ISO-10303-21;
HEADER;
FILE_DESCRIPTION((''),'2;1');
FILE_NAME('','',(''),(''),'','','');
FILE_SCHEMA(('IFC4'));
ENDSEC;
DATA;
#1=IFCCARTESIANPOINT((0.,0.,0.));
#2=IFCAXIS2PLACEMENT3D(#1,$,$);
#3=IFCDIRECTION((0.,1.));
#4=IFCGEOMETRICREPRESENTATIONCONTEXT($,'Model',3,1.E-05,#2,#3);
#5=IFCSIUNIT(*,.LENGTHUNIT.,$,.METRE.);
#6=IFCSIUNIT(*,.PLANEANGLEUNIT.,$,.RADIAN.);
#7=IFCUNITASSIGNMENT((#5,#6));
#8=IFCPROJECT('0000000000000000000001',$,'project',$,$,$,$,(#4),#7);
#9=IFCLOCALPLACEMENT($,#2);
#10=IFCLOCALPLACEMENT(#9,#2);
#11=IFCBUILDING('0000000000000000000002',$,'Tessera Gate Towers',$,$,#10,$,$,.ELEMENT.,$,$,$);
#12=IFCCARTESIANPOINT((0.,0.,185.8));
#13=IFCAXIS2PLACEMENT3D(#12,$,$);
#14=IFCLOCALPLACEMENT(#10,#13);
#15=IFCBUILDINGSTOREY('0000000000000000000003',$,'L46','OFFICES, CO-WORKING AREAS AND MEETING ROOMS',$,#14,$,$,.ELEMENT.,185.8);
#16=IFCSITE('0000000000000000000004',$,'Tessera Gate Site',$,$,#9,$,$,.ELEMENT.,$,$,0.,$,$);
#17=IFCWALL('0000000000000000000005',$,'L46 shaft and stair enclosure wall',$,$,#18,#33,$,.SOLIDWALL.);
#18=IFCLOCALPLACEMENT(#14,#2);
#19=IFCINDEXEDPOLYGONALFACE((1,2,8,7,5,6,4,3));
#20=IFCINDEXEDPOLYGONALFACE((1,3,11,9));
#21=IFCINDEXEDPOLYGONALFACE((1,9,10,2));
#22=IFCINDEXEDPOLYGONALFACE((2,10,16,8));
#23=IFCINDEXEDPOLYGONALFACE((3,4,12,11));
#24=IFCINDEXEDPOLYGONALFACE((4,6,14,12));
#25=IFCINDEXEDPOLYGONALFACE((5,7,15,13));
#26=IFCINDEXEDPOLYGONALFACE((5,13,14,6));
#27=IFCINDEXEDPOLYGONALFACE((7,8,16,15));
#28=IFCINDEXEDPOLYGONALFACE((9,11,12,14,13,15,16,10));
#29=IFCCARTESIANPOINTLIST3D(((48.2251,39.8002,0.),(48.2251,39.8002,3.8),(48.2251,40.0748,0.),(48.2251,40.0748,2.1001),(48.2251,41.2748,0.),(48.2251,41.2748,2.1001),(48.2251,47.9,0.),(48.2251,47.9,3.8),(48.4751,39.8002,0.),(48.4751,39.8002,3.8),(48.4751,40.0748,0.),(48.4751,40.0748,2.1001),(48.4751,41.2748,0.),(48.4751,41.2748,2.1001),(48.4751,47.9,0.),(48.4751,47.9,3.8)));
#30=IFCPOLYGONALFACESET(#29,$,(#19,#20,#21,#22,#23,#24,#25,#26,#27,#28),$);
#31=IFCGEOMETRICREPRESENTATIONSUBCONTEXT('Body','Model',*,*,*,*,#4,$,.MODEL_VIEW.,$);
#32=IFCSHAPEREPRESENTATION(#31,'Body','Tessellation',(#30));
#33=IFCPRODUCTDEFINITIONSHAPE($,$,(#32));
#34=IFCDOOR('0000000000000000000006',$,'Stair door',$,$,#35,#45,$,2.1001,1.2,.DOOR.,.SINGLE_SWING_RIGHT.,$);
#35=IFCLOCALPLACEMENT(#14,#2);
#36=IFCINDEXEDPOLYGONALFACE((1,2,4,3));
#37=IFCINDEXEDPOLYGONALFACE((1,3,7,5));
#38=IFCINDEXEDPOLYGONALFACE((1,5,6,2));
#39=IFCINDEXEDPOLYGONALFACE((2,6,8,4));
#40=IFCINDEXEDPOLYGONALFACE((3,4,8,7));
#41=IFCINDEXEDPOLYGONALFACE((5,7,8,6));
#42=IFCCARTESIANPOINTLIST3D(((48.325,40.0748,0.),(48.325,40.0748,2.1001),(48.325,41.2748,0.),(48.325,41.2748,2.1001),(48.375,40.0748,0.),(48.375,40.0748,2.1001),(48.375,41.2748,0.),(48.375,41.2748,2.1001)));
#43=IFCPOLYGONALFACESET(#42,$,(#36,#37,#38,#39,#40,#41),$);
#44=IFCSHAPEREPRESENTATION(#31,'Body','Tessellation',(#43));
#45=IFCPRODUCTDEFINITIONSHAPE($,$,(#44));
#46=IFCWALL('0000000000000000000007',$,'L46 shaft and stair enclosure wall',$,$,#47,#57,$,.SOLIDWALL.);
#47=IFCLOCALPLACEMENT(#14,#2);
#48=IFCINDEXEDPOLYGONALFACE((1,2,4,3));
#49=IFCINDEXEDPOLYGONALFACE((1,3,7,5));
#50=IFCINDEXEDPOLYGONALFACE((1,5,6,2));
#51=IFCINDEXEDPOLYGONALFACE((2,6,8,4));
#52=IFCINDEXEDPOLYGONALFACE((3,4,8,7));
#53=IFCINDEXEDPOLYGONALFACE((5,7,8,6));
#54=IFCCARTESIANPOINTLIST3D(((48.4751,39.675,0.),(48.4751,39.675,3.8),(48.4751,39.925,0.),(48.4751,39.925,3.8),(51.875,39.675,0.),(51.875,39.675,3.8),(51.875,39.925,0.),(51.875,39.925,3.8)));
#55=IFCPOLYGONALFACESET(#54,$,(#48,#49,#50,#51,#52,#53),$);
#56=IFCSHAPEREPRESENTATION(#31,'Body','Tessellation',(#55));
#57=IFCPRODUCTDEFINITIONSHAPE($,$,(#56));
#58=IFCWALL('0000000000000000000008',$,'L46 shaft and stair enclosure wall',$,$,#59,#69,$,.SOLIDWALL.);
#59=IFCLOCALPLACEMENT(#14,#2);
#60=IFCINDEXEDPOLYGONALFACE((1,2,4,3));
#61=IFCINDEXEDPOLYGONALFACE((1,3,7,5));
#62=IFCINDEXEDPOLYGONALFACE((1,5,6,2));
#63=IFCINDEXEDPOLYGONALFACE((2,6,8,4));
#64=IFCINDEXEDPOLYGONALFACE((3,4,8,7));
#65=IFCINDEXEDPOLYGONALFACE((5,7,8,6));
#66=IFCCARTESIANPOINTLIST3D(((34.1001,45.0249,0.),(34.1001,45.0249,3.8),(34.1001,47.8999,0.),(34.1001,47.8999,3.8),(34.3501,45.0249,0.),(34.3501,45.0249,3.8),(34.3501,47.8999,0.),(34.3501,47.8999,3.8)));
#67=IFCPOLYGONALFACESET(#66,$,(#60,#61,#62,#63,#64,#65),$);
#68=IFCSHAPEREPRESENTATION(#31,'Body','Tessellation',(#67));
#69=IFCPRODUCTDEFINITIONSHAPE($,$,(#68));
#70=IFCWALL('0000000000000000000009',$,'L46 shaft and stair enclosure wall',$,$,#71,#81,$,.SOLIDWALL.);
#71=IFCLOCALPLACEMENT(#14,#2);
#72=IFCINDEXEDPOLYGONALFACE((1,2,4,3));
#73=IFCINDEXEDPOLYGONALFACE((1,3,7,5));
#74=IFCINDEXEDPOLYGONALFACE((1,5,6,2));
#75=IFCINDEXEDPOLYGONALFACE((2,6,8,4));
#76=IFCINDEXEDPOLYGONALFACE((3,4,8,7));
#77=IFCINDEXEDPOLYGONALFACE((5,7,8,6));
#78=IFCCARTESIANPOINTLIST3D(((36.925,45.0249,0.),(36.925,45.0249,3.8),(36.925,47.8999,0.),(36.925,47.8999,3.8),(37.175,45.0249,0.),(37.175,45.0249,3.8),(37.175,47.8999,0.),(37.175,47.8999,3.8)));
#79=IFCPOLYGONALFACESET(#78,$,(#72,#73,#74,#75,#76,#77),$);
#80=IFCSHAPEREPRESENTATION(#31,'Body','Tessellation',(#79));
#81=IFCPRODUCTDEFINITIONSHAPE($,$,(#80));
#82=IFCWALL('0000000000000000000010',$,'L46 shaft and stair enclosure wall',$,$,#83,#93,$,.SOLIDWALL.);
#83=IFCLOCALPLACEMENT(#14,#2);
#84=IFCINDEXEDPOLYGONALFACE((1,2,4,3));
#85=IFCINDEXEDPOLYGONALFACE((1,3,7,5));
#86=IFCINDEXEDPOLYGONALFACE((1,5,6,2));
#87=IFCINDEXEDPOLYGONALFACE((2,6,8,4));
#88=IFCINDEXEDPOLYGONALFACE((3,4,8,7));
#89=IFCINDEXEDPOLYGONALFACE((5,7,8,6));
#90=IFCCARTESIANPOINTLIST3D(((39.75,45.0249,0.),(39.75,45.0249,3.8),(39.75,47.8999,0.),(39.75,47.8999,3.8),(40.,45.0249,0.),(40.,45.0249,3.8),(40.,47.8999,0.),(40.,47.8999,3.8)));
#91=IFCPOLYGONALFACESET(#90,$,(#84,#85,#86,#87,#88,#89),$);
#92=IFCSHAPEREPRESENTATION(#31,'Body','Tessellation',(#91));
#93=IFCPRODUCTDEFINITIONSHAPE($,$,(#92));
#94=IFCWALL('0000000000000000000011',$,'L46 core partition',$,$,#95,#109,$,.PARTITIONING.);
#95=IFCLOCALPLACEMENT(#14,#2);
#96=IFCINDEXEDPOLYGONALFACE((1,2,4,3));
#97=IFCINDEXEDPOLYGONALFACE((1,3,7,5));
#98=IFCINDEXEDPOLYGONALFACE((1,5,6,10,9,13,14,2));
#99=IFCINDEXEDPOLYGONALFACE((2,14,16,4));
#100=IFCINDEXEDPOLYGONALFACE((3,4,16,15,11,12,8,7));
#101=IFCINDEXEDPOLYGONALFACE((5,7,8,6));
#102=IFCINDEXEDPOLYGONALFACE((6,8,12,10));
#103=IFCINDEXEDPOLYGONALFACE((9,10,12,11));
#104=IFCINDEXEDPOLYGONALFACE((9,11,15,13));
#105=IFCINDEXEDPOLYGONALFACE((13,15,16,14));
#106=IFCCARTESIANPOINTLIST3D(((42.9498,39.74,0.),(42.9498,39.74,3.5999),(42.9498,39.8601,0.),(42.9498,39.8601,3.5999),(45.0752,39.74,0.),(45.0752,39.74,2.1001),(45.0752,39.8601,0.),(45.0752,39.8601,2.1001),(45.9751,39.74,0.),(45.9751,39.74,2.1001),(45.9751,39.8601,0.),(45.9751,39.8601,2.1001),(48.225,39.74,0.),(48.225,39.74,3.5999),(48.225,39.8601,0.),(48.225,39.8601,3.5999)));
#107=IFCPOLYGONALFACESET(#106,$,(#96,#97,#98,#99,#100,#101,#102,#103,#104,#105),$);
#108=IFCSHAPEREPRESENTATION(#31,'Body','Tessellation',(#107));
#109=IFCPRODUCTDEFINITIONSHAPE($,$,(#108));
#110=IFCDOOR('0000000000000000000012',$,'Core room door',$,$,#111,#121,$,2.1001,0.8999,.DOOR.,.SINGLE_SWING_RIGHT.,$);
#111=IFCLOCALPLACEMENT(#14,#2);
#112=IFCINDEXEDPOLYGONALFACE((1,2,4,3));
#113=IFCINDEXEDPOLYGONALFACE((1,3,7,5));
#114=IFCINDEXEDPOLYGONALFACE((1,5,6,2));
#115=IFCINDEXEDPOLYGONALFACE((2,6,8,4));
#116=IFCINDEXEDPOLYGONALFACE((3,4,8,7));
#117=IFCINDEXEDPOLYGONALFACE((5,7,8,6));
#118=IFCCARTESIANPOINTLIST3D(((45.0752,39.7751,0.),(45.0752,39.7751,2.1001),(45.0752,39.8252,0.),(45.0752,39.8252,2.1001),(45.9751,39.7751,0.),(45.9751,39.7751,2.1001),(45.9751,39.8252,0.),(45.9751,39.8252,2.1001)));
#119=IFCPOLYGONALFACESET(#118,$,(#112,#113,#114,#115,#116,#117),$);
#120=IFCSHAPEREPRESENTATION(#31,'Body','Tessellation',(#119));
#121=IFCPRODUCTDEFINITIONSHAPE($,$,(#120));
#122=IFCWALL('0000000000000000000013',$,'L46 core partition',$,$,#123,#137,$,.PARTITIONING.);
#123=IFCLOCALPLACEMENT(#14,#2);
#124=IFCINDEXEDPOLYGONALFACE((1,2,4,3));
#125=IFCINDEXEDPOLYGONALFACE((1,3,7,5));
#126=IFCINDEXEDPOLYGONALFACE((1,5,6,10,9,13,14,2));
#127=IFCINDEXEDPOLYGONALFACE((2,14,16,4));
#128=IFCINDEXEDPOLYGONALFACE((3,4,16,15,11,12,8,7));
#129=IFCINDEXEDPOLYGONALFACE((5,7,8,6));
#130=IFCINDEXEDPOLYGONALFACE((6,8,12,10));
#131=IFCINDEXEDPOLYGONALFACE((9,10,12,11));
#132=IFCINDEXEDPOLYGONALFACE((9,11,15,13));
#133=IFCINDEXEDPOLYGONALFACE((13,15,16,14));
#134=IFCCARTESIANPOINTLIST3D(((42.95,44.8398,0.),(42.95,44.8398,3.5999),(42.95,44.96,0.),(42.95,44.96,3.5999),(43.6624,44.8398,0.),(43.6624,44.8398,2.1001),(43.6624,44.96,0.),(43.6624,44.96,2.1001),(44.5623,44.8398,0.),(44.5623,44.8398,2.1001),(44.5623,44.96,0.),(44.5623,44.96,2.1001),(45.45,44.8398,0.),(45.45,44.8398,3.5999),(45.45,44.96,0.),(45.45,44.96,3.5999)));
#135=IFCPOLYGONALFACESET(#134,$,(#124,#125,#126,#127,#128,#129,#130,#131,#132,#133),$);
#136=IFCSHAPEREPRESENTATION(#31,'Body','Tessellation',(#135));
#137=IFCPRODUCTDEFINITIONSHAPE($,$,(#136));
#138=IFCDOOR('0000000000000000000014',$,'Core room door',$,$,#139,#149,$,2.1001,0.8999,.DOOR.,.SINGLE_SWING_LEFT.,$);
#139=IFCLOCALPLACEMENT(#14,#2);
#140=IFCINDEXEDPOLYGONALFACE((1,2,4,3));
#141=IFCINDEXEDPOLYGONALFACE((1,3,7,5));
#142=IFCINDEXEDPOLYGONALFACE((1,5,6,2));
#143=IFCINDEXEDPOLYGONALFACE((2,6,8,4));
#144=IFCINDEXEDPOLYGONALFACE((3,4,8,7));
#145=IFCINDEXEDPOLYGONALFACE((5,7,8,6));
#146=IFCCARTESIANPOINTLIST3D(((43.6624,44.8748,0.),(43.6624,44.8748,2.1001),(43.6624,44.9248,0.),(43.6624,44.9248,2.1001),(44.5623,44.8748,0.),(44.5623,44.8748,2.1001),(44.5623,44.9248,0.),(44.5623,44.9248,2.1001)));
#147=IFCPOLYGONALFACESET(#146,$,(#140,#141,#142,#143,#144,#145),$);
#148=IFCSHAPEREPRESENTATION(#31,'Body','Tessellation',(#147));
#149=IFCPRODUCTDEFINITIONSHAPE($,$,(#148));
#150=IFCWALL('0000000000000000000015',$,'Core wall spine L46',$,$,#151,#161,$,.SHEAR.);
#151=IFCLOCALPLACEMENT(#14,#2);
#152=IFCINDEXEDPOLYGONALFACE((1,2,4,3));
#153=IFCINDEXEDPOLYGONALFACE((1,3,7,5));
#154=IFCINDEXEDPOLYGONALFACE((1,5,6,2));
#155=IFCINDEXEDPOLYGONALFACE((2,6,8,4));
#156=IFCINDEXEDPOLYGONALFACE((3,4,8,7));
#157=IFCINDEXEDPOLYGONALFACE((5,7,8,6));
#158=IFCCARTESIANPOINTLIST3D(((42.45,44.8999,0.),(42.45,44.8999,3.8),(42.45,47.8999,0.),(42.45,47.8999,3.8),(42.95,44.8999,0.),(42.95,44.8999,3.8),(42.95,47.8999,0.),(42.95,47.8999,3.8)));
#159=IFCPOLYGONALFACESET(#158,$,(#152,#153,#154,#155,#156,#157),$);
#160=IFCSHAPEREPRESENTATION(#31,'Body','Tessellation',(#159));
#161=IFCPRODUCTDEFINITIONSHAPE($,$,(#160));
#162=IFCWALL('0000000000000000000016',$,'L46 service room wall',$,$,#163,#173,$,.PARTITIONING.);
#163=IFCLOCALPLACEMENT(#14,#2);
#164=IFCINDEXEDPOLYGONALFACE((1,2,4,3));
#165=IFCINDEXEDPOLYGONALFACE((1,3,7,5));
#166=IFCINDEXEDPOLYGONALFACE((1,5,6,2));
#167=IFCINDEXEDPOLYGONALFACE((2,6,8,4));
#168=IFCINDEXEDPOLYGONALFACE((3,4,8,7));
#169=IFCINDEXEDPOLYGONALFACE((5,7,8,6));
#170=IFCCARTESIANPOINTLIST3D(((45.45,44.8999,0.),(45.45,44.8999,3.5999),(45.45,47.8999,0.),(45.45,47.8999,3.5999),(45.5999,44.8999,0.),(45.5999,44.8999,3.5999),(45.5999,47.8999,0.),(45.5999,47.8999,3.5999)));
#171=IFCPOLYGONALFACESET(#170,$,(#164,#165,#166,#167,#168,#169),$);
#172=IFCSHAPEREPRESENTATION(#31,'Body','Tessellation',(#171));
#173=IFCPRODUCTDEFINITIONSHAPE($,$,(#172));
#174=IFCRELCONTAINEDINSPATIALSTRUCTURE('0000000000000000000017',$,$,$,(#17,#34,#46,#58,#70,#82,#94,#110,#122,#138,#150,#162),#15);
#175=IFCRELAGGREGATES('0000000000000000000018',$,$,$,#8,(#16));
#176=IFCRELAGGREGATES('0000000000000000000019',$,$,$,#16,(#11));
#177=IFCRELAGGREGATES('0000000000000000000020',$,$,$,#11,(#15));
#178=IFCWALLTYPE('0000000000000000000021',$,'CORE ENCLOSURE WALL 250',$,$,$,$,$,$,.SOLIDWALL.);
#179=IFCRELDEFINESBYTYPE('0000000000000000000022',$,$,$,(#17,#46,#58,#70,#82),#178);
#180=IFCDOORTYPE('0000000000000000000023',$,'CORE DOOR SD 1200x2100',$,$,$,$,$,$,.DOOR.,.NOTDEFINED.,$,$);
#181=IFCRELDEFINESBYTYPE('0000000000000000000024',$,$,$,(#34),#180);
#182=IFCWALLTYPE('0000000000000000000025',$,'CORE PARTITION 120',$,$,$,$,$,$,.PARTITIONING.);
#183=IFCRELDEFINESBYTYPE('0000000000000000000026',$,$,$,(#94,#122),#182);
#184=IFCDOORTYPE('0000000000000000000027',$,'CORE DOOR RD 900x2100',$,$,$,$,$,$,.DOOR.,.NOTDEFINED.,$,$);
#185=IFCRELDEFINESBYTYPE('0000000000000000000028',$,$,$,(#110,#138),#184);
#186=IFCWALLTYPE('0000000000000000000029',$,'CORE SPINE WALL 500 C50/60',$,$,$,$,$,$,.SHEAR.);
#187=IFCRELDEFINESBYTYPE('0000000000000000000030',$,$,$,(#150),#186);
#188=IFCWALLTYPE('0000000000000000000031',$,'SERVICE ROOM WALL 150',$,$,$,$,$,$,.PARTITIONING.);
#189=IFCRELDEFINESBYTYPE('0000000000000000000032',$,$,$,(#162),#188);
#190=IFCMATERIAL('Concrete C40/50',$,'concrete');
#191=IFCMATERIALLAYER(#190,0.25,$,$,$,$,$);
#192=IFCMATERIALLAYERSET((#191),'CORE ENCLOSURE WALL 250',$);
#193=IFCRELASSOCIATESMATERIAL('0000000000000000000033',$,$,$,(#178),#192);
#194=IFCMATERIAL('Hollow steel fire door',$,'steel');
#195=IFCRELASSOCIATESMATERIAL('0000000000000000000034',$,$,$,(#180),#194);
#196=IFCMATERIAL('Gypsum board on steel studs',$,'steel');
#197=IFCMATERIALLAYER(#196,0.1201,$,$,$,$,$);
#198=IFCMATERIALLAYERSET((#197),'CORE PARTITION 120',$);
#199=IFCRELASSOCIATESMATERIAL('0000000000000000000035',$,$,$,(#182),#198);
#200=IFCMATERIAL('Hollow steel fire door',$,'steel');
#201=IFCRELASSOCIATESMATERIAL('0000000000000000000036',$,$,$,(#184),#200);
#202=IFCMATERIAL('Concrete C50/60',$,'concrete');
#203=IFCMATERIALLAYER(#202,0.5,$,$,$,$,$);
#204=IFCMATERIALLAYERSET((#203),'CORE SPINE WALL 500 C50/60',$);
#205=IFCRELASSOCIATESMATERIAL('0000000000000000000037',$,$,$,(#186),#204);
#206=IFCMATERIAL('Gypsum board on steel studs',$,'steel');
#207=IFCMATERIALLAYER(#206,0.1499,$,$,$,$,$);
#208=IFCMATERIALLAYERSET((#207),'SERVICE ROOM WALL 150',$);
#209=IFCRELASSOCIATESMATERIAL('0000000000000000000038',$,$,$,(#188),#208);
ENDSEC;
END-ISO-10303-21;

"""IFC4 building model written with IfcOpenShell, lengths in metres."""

from ifc_helpers import new_model, si_unit, direction, frame, frame_2d, origin, place, context, subcontext, project, spatial, rectangle, extrude, source, transform, mapped, material, layer, layer_set, type_object, element, fill, save


model = new_model("IFC4")

# Units and contexts
model_context = context("Model", 3, precision=1e-05, world=origin(), true_north=direction((0.0, 1.0)))
body_context = subcontext(model_context, "Body", "Model", "MODEL_VIEW")
ifc_project = project(units=[si_unit("LENGTHUNIT", "METRE"), si_unit("PLANEANGLEUNIT", "RADIAN")], contexts=[model_context])

# Site, building, storey
site_placement = place(None, origin())
site = spatial("IfcSite", under=ifc_project, at=site_placement, Name="Tessera Gate Site", CompositionType="ELEMENT", RefElevation=0.0)
building_placement = place(site_placement, origin())
building = spatial("IfcBuilding", under=site, at=building_placement, Name="Tessera Gate Towers", CompositionType="ELEMENT")
storey_placement = place(building_placement, frame((0.0, 0.0, 185.8)))
storey = spatial("IfcBuildingStorey", under=building, at=storey_placement, Name="L46", Description="OFFICES, CO-WORKING AREAS AND MEETING ROOMS", CompositionType="ELEMENT", Elevation=185.8)

# Shared definitions
ifc_material_1 = material(Name="Concrete C40/50", Category="concrete")
ifc_layer_1 = layer(ifc_material_1, 0.25)
ifc_layer_set_1 = layer_set([ifc_layer_1], Name="CORE ENCLOSURE WALL 250")
wall_type_1 = type_object("IfcWallType", Name="CORE ENCLOSURE WALL 250", PredefinedType="SOLIDWALL", material=ifc_layer_set_1)

# Wall, opening, door
wall_1_placement = place(storey_placement, frame((48.3501, 47.8999, 0.0), z_axis=(0.0, 0.0, 1.0), x_axis=(0.0, -1.0, 0.0)))
wall_1 = element("IfcWall", 1, at=wall_1_placement, inside=storey, type_object=wall_type_1, Name="L46 shaft and stair enclosure wall", PredefinedType="SOLIDWALL", context=body_context, shape_type="SweptSolid", body=[
    extrude(rectangle(XDim=8.0999, YDim=0.25, at=frame_2d((4.0498, 0.0))), origin(), (0.0, 0.0, 1.0), 3.8),
])
shared_shape_1 = source(origin(), body_context, "Body", "SweptSolid", [
    extrude(rectangle(XDim=1.2, YDim=2.1001, at=frame_2d((0.6001, 1.05))), frame((0.0, 0.135, 0.0), z_axis=(0.0, -1.0, 0.0), x_axis=(1.0, 0.0, 0.0)), (0.0, 0.0, 1.0), 0.27),
])
opening_1_placement = place(wall_1_placement, frame((6.625, 0.0, 0.0)))
opening_1 = element("IfcOpeningElement", 2, at=opening_1_placement, cuts=wall_1, PredefinedType="OPENING", context=body_context, shape_type="MappedRepresentation", body=[
    mapped(shared_shape_1, transform((0.0, 0.0, 0.0), scale=1.0)),
])
ifc_material_2 = material(Name="Hollow steel fire door", Category="steel")
door_type_1 = type_object("IfcDoorType", Name="CORE DOOR SD 1200x2100", OperationType="NOTDEFINED", PredefinedType="DOOR", material=ifc_material_2)
shared_shape_2 = source(origin(), body_context, "Body", "SweptSolid", [
    extrude(rectangle(XDim=1.2, YDim=2.1001, at=frame_2d((0.6001, 1.05))), frame((0.0, 0.0249, 0.0), z_axis=(0.0, -1.0, 0.0), x_axis=(1.0, 0.0, 0.0)), (0.0, 0.0, 1.0), 0.05),
])
door_1_placement = place(opening_1_placement, origin())
door_1 = element("IfcDoor", 3, at=door_1_placement, inside=storey, type_object=door_type_1, Name="Stair door", OperationType="SINGLE_SWING_RIGHT", OverallHeight=2.1001, OverallWidth=1.2, PredefinedType="DOOR", context=body_context, shape_type="MappedRepresentation", body=[
    mapped(shared_shape_2, transform((0.0, 0.0, 0.0), scale=1.0)),
])
fill(opening_1, door_1)

# Walls
wall_2_placement = place(storey_placement, frame((48.4751, 39.8, 0.0), z_axis=(0.0, 0.0, 1.0), x_axis=(1.0, 0.0, 0.0)))
element("IfcWall", 4, at=wall_2_placement, inside=storey, type_object=wall_type_1, Name="L46 shaft and stair enclosure wall", PredefinedType="SOLIDWALL", context=body_context, shape_type="SweptSolid", body=[
    extrude(rectangle(XDim=3.3999, YDim=0.25, at=frame_2d((1.7, 0.0))), origin(), (0.0, 0.0, 1.0), 3.8),
])
for number, where, z_axis, x_axis, name in (
    (5, (34.2251, 45.0249, 0.0), (0.0, 0.0, 1.0), (0.0, 1.0, 0.0), "L46 shaft and stair enclosure wall"),
    (6, (37.05, 45.0249, 0.0), (0.0, 0.0, 1.0), (0.0, 1.0, 0.0), "L46 shaft and stair enclosure wall"),
    (7, (39.875, 45.0249, 0.0), (0.0, 0.0, 1.0), (0.0, 1.0, 0.0), "L46 shaft and stair enclosure wall"),
):
    element("IfcWall", number, at=place(storey_placement, frame(where, z_axis=z_axis, x_axis=x_axis)), inside=storey, type_object=wall_type_1, Name=name, PredefinedType="SOLIDWALL", context=body_context, shape_type="SweptSolid", body=[
        extrude(rectangle(XDim=2.875, YDim=0.25, at=frame_2d((1.4375, 0.0))), origin(), (0.0, 0.0, 1.0), 3.8),
    ])

# Walls, openings, doors
ifc_material_3 = material(Name="Gypsum board on steel studs", Category="steel")
ifc_layer_2 = layer(ifc_material_3, 0.1201)
ifc_layer_set_2 = layer_set([ifc_layer_2], Name="CORE PARTITION 120")
wall_type_2 = type_object("IfcWallType", Name="CORE PARTITION 120", PredefinedType="PARTITIONING", material=ifc_layer_set_2)
wall_3_placement = place(storey_placement, frame((48.2251, 39.8, 0.0), z_axis=(0.0, 0.0, 1.0), x_axis=(-1.0, 0.0, 0.0)))
wall_3 = element("IfcWall", 8, at=wall_3_placement, inside=storey, type_object=wall_type_2, Name="L46 core partition", PredefinedType="PARTITIONING", context=body_context, shape_type="SweptSolid", body=[
    extrude(rectangle(XDim=5.2751, YDim=0.1201, at=frame_2d((2.6377, 0.0))), origin(), (0.0, 0.0, 1.0), 3.5999),
])
shared_shape_3 = source(origin(), body_context, "Body", "SweptSolid", [
    extrude(rectangle(XDim=0.8999, YDim=2.1001, at=frame_2d((0.45, 1.05))), frame((0.0, 0.0701, 0.0), z_axis=(0.0, -1.0, 0.0), x_axis=(1.0, 0.0, 0.0)), (0.0, 0.0, 1.0), 0.1401),
])
opening_2_placement = place(wall_3_placement, frame((2.25, 0.0, 0.0)))
opening_2 = element("IfcOpeningElement", 9, at=opening_2_placement, cuts=wall_3, PredefinedType="OPENING", context=body_context, shape_type="MappedRepresentation", body=[
    mapped(shared_shape_3, transform((0.0, 0.0, 0.0), scale=1.0)),
])
ifc_material_4 = material(Name="Hollow steel fire door", Category="steel")
door_type_2 = type_object("IfcDoorType", Name="CORE DOOR RD 900x2100", OperationType="NOTDEFINED", PredefinedType="DOOR", material=ifc_material_4)
shared_shape_4 = source(origin(), body_context, "Body", "SweptSolid", [
    extrude(rectangle(XDim=0.8999, YDim=2.1001, at=frame_2d((0.45, 1.05))), frame((0.0, 0.0249, 0.0), z_axis=(0.0, -1.0, 0.0), x_axis=(1.0, 0.0, 0.0)), (0.0, 0.0, 1.0), 0.05),
])
door_2_placement = place(opening_2_placement, origin())
door_2 = element("IfcDoor", 10, at=door_2_placement, inside=storey, type_object=door_type_2, Name="Core room door", OperationType="SINGLE_SWING_RIGHT", OverallHeight=2.1001, OverallWidth=0.8999, PredefinedType="DOOR", context=body_context, shape_type="MappedRepresentation", body=[
    mapped(shared_shape_4, transform((0.0, 0.0, 0.0), scale=1.0)),
])
fill(opening_2, door_2)
wall_4_placement = place(storey_placement, frame((42.95, 44.8999, 0.0), z_axis=(0.0, 0.0, 1.0), x_axis=(1.0, 0.0, 0.0)))
wall_4 = element("IfcWall", 11, at=wall_4_placement, inside=storey, type_object=wall_type_2, Name="L46 core partition", PredefinedType="PARTITIONING", context=body_context, shape_type="SweptSolid", body=[
    extrude(rectangle(XDim=2.5, YDim=0.1201, at=frame_2d((1.25, 0.0))), origin(), (0.0, 0.0, 1.0), 3.5999),
])
opening_3_placement = place(wall_4_placement, frame((0.7124, 0.0, 0.0)))
opening_3 = element("IfcOpeningElement", 12, at=opening_3_placement, cuts=wall_4, PredefinedType="OPENING", context=body_context, shape_type="MappedRepresentation", body=[
    mapped(shared_shape_3, transform((0.0, 0.0, 0.0), scale=1.0)),
])
door_3_placement = place(opening_3_placement, origin())
door_3 = element("IfcDoor", 13, at=door_3_placement, inside=storey, type_object=door_type_2, Name="Core room door", OperationType="SINGLE_SWING_LEFT", OverallHeight=2.1001, OverallWidth=0.8999, PredefinedType="DOOR", context=body_context, shape_type="MappedRepresentation", body=[
    mapped(shared_shape_4, transform((0.0, 0.0, 0.0), scale=1.0)),
])
fill(opening_3, door_3)

# Walls
ifc_material_5 = material(Name="Concrete C50/60", Category="concrete")
ifc_layer_3 = layer(ifc_material_5, 0.5)
ifc_layer_set_3 = layer_set([ifc_layer_3], Name="CORE SPINE WALL 500 C50/60")
wall_type_3 = type_object("IfcWallType", Name="CORE SPINE WALL 500 C50/60", PredefinedType="SHEAR", material=ifc_layer_set_3)
wall_5_placement = place(storey_placement, frame((42.7, 44.8999, 0.0), z_axis=(0.0, 0.0, 1.0), x_axis=(0.0, 1.0, 0.0)))
element("IfcWall", 14, at=wall_5_placement, inside=storey, type_object=wall_type_3, Name="Core wall spine L46", PredefinedType="SHEAR", context=body_context, shape_type="SweptSolid", body=[
    extrude(rectangle(XDim=3.0, YDim=0.5, at=frame_2d((1.5, 0.0))), origin(), (0.0, 0.0, 1.0), 3.8),
])
ifc_material_6 = material(Name="Gypsum board on steel studs", Category="steel")
ifc_layer_4 = layer(ifc_material_6, 0.1499)
ifc_layer_set_4 = layer_set([ifc_layer_4], Name="SERVICE ROOM WALL 150")
wall_type_4 = type_object("IfcWallType", Name="SERVICE ROOM WALL 150", PredefinedType="PARTITIONING", material=ifc_layer_set_4)
wall_6_placement = place(storey_placement, frame((45.5249, 44.8999, 0.0), z_axis=(0.0, 0.0, 1.0), x_axis=(0.0, 1.0, 0.0)))
element("IfcWall", 15, at=wall_6_placement, inside=storey, type_object=wall_type_4, Name="L46 service room wall", PredefinedType="PARTITIONING", context=body_context, shape_type="SweptSolid", body=[
    extrude(rectangle(XDim=3.0, YDim=0.1499, at=frame_2d((1.5, 0.0))), origin(), (0.0, 0.0, 1.0), 3.5999),
])

save(model, "model.ifc")
